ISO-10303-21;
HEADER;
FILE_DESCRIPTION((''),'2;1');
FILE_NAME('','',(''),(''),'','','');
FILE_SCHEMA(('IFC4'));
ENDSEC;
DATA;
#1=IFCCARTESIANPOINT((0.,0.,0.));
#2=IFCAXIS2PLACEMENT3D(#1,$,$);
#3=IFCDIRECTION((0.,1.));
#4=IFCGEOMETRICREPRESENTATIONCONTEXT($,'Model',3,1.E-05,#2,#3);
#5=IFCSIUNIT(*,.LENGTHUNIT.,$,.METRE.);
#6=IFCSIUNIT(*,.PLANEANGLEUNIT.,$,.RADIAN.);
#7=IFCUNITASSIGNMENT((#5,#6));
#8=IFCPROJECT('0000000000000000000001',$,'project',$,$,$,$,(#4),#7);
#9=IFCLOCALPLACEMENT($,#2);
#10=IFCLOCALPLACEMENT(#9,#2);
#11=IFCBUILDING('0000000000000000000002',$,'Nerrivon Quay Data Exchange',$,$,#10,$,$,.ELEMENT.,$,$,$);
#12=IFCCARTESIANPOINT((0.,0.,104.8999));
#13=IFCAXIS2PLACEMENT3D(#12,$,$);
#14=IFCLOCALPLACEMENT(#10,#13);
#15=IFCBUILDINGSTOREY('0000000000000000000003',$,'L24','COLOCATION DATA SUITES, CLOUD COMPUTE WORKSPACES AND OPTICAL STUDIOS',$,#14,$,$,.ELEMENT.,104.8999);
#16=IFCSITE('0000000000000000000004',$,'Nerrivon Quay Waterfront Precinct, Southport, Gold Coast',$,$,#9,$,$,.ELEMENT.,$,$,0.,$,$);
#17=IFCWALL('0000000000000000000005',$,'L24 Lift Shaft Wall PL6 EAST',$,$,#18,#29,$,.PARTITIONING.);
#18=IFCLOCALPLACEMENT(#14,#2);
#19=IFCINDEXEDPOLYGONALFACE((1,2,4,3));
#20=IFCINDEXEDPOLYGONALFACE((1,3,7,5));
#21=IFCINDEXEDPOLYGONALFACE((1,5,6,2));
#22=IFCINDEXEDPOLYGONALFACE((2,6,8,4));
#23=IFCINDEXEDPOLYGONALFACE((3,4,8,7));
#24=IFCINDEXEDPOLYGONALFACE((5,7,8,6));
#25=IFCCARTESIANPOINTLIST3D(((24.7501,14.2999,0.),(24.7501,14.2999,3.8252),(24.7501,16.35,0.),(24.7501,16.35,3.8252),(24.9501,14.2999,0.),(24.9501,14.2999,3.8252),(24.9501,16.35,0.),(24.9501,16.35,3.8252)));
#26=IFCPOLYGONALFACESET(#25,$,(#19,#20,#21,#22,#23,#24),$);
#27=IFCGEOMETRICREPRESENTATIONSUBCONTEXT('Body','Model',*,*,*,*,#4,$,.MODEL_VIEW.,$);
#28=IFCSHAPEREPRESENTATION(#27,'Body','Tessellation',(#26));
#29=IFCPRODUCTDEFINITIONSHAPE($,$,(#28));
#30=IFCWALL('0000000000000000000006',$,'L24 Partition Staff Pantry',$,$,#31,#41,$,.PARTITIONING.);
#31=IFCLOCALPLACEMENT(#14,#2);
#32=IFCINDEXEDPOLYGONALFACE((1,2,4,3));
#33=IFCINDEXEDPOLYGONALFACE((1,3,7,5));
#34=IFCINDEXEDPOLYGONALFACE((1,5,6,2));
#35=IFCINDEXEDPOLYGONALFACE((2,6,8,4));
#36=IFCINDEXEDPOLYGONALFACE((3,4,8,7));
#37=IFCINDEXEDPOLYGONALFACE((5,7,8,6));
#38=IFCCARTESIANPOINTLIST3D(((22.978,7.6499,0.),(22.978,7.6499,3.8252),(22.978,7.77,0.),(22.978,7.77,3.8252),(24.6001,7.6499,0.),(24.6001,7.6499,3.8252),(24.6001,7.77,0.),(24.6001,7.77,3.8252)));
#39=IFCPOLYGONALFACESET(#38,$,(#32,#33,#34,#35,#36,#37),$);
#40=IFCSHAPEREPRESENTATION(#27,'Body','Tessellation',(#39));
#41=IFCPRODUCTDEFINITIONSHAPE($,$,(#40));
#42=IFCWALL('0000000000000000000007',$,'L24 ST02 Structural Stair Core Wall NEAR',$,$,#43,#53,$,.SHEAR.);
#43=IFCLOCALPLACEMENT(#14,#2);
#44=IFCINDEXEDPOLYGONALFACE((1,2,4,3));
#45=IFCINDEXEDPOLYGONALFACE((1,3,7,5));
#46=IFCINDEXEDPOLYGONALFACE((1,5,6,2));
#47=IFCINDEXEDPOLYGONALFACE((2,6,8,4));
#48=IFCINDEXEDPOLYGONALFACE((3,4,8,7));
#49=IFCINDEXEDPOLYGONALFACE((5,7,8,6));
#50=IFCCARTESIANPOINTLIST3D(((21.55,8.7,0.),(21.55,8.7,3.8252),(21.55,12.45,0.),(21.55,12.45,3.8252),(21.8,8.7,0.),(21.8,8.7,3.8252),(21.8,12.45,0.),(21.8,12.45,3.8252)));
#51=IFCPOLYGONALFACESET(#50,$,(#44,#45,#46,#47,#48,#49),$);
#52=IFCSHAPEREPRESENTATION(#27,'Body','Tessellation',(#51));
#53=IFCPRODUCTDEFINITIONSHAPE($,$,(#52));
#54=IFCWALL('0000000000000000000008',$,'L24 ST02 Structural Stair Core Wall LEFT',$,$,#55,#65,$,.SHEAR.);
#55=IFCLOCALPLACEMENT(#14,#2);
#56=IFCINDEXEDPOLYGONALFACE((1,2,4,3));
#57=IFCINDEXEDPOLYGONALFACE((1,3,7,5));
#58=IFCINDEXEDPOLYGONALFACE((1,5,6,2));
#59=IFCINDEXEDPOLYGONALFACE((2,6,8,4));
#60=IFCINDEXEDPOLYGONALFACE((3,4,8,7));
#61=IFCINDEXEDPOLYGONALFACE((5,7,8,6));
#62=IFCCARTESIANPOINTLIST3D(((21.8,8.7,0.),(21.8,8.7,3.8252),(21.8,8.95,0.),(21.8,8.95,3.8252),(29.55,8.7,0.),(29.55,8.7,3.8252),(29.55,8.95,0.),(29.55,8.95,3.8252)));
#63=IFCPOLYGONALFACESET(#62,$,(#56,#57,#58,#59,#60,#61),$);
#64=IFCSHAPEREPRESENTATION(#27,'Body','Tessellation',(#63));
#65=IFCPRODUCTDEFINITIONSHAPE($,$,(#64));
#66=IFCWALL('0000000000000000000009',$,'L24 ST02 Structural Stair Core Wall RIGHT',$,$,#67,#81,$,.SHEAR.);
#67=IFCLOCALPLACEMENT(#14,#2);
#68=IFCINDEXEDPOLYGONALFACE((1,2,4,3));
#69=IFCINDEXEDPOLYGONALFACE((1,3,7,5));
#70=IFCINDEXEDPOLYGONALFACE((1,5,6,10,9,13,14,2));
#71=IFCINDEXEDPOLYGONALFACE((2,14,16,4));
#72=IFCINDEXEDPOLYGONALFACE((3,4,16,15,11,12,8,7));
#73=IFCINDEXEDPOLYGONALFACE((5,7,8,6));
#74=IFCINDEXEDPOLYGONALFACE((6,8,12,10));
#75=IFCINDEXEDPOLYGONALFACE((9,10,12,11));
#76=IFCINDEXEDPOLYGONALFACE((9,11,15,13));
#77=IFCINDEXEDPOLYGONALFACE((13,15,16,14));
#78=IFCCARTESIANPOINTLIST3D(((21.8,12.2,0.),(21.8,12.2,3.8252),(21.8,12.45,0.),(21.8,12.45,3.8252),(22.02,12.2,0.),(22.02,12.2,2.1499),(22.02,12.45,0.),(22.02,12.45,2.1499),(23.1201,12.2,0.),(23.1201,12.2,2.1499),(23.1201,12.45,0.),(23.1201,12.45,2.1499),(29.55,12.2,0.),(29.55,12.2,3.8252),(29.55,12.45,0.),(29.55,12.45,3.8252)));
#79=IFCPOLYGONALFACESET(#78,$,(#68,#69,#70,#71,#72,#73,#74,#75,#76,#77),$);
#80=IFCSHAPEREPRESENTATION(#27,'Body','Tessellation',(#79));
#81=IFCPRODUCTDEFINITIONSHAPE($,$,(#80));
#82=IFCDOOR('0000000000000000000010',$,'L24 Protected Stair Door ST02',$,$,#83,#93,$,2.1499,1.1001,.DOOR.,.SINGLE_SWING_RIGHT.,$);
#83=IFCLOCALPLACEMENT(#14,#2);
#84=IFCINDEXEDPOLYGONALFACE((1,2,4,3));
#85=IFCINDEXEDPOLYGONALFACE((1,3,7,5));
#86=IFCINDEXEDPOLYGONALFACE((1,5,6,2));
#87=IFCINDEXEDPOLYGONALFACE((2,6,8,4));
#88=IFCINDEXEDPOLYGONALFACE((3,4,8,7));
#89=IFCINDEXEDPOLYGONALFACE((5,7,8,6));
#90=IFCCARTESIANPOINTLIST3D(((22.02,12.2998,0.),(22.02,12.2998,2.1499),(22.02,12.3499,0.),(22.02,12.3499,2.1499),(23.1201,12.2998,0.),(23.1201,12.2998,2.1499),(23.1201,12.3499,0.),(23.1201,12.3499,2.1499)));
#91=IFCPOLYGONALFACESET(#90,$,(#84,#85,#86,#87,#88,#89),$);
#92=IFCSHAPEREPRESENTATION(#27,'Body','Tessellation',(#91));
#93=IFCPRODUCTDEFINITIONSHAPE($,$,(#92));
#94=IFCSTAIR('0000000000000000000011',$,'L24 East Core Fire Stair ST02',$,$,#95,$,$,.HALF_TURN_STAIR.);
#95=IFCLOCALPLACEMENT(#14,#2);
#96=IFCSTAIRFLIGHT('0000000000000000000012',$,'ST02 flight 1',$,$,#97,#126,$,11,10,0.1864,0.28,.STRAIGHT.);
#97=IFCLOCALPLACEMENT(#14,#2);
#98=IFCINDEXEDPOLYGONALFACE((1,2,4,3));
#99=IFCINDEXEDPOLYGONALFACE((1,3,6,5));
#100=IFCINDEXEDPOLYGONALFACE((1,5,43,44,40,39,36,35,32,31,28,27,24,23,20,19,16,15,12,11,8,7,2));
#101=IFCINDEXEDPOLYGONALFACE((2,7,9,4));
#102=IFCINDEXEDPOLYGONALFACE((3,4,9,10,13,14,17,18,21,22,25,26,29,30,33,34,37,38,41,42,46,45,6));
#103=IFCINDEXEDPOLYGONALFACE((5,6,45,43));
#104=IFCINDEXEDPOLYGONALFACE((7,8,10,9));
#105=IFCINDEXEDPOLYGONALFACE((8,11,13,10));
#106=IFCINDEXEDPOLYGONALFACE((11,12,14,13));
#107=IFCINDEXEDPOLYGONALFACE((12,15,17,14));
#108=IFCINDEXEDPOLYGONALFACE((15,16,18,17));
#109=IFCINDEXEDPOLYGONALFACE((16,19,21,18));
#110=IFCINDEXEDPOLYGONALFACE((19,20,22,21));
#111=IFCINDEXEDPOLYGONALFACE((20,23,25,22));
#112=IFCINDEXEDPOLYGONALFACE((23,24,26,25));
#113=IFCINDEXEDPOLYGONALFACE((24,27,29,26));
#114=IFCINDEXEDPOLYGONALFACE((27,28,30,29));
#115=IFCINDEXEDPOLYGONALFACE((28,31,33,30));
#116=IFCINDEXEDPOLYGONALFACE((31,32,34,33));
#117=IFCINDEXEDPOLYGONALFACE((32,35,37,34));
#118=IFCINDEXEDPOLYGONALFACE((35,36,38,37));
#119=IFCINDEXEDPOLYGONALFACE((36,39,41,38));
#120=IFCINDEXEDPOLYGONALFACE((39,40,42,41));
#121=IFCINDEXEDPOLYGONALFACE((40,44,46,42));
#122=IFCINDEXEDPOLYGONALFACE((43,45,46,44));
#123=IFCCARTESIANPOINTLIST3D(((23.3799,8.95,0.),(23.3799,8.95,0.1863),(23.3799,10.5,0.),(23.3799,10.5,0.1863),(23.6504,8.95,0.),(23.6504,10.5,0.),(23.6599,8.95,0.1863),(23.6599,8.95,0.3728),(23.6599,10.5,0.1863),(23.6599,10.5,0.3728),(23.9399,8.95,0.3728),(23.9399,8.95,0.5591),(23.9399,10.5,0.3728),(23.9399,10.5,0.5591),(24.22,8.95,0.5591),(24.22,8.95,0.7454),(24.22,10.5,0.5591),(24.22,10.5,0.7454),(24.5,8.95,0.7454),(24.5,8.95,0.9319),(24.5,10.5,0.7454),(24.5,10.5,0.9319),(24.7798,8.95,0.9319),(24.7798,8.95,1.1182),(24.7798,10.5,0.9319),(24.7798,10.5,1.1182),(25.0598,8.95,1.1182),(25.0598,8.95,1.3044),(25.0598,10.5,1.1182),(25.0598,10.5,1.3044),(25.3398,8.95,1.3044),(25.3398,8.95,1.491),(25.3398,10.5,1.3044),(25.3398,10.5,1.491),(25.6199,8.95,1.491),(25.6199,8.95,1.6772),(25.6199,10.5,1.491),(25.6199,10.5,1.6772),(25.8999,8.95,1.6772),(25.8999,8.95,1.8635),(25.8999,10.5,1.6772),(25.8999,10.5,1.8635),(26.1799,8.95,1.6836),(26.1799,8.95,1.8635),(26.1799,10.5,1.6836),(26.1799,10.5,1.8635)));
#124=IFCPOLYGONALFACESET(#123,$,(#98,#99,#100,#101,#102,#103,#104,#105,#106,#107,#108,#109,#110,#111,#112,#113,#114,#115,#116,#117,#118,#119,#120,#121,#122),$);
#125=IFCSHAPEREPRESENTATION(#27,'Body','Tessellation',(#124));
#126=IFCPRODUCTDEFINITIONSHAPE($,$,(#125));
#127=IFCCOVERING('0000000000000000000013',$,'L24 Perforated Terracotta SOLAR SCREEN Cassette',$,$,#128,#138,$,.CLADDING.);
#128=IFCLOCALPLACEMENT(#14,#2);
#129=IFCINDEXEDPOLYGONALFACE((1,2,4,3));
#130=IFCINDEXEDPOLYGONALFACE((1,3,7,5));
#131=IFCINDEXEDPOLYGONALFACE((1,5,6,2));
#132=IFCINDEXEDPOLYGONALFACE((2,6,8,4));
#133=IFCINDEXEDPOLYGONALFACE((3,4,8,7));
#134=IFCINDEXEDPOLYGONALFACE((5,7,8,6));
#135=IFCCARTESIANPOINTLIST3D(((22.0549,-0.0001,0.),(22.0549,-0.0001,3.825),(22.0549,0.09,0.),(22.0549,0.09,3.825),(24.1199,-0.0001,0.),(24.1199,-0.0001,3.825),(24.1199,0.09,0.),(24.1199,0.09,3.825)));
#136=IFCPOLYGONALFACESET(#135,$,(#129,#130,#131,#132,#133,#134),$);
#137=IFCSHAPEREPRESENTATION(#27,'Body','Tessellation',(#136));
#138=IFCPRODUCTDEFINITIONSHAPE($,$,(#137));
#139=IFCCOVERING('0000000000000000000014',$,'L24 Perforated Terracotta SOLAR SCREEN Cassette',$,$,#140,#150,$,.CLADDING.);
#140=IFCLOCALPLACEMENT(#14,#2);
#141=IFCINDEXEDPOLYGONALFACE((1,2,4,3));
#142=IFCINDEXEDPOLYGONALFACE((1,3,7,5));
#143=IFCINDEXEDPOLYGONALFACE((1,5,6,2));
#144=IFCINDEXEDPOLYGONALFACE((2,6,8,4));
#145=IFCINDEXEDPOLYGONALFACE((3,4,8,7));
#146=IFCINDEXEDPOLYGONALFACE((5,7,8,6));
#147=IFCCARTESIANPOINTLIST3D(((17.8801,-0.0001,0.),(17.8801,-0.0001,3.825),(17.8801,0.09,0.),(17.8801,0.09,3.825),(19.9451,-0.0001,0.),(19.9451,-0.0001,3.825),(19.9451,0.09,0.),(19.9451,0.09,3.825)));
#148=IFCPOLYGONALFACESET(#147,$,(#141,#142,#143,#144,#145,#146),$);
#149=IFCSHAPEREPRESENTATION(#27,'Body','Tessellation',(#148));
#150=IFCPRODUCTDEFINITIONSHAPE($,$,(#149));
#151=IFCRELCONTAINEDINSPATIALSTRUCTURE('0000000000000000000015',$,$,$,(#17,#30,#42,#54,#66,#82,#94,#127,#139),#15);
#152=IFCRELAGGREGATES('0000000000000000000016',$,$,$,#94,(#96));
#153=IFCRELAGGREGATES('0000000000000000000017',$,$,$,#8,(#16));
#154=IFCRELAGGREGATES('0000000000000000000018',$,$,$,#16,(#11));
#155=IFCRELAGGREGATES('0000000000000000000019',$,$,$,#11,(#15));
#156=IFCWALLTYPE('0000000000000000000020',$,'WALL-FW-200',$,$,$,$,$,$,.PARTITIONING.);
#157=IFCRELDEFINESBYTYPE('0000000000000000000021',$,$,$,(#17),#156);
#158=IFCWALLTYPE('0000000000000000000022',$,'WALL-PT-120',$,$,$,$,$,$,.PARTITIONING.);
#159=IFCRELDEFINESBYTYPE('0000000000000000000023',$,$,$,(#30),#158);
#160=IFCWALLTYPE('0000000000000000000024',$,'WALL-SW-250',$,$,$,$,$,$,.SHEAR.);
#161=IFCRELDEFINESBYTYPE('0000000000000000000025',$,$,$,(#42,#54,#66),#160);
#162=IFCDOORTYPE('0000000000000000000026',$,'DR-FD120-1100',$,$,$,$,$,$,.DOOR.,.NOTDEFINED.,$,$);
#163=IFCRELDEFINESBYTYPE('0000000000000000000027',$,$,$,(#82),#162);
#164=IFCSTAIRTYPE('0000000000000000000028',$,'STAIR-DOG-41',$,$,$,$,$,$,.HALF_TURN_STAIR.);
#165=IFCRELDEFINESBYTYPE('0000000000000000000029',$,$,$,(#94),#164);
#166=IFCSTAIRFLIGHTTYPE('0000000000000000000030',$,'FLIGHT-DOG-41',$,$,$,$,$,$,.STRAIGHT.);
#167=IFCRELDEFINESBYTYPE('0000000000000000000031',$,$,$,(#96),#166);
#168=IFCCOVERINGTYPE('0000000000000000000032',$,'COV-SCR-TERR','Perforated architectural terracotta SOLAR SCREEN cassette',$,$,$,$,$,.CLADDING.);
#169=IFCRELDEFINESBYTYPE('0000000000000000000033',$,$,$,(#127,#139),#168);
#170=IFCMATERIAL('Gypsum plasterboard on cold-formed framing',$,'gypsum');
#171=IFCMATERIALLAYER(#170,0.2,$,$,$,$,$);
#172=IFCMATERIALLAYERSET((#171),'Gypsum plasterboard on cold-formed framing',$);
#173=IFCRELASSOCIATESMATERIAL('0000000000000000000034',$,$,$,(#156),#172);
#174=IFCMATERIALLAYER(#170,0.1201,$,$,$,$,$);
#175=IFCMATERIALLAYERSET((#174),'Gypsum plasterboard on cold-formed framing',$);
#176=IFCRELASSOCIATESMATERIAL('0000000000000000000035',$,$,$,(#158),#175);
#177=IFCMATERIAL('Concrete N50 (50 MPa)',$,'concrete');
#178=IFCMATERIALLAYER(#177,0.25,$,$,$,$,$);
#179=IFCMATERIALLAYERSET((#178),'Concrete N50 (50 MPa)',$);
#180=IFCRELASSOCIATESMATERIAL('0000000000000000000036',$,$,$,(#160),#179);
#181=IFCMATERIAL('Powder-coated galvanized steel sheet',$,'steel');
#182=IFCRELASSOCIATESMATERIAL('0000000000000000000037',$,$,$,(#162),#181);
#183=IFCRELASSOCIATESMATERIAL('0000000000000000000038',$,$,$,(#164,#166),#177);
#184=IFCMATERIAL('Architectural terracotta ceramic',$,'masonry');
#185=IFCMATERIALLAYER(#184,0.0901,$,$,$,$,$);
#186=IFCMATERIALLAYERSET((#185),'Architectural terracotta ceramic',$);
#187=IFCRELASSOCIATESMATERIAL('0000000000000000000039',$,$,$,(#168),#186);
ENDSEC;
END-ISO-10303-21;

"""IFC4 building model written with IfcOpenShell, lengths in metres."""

from ifc_helpers import new_model, si_unit, direction, frame, frame_2d, origin, origin_2d, place, context, subcontext, project, spatial, polyline, rectangle, outline, extrude, material, layer, layer_set, type_object, element, fill, aggregate, save


model = new_model("IFC4")

# Units and contexts
model_context = context("Model", 3, precision=1e-05, world=origin(), true_north=direction((0.0, 1.0)))
body_context = subcontext(model_context, "Body", "Model", "MODEL_VIEW")
ifc_project = project(units=[si_unit("LENGTHUNIT", "METRE"), si_unit("PLANEANGLEUNIT", "RADIAN")], contexts=[model_context])

# Site, building, storey
site_placement = place(None, origin())
site = spatial("IfcSite", under=ifc_project, at=site_placement, Name="Nerrivon Quay Waterfront Precinct, Southport, Gold Coast", CompositionType="ELEMENT", RefElevation=0.0)
building_placement = place(site_placement, origin())
building = spatial("IfcBuilding", under=site, at=building_placement, Name="Nerrivon Quay Data Exchange", CompositionType="ELEMENT")
storey_placement = place(building_placement, frame((0.0, 0.0, 104.8999)))
storey = spatial("IfcBuildingStorey", under=building, at=storey_placement, Name="L24", Description="COLOCATION DATA SUITES, CLOUD COMPUTE WORKSPACES AND OPTICAL STUDIOS", CompositionType="ELEMENT", Elevation=104.8999)

# Shared definitions
ifc_material_1 = material(Name="Concrete N50 (50 MPa)", Category="concrete")

# Shared definitions
ifc_material_2 = material(Name="Gypsum plasterboard on cold-formed framing", Category="gypsum")
ifc_layer_1 = layer(ifc_material_2, 0.2)
ifc_layer_set_1 = layer_set([ifc_layer_1], Name="Gypsum plasterboard on cold-formed framing")
wall_type_1 = type_object("IfcWallType", Name="WALL-FW-200", PredefinedType="PARTITIONING", material=ifc_layer_set_1)

# Shared definitions
ifc_material_3 = material(Name="Powder-coated galvanized steel sheet", Category="steel")

# Walls
wall_1_placement = place(storey_placement, frame((24.8501, 14.3, 0.0), z_axis=(0.0, 0.0, 1.0), x_axis=(0.0, 1.0, 0.0)))
element("IfcWall", 1, at=wall_1_placement, inside=storey, type_object=wall_type_1, Name="L24 Lift Shaft Wall PL6 EAST", PredefinedType="PARTITIONING", context=body_context, shape_type="SweptSolid", body=[
    extrude(rectangle(XDim=2.05, YDim=0.2, at=frame_2d((1.0249, 0.0))), origin(), (0.0, 0.0, 1.0), 3.8252),
])
ifc_layer_2 = layer(ifc_material_2, 0.1201)
ifc_layer_set_2 = layer_set([ifc_layer_2], Name="Gypsum plasterboard on cold-formed framing")
wall_type_2 = type_object("IfcWallType", Name="WALL-PT-120", PredefinedType="PARTITIONING", material=ifc_layer_set_2)
wall_2_placement = place(storey_placement, frame((22.978, 7.71, 0.0), z_axis=(0.0, 0.0, 1.0), x_axis=(1.0, 0.0, 0.0)))
element("IfcWall", 2, at=wall_2_placement, inside=storey, type_object=wall_type_2, Name="L24 Partition Staff Pantry", PredefinedType="PARTITIONING", context=body_context, shape_type="SweptSolid", body=[
    extrude(rectangle(XDim=1.6221, YDim=0.1201, at=frame_2d((0.811, 0.0))), origin(), (0.0, 0.0, 1.0), 3.8252),
])
ifc_layer_3 = layer(ifc_material_1, 0.25)
ifc_layer_set_3 = layer_set([ifc_layer_3], Name="Concrete N50 (50 MPa)")
wall_type_3 = type_object("IfcWallType", Name="WALL-SW-250", PredefinedType="SHEAR", material=ifc_layer_set_3)
wall_3_placement = place(storey_placement, frame((21.675, 8.7, 0.0), z_axis=(0.0, 0.0, 1.0), x_axis=(0.0, 1.0, 0.0)))
element("IfcWall", 3, at=wall_3_placement, inside=storey, type_object=wall_type_3, Name="L24 ST02 Structural Stair Core Wall NEAR", PredefinedType="SHEAR", context=body_context, shape_type="SweptSolid", body=[
    extrude(rectangle(XDim=3.75, YDim=0.25, at=frame_2d((1.875, 0.0))), origin(), (0.0, 0.0, 1.0), 3.8252),
])
wall_4_placement = place(storey_placement, frame((21.8, 8.825, 0.0), z_axis=(0.0, 0.0, 1.0), x_axis=(1.0, 0.0, 0.0)))
element("IfcWall", 4, at=wall_4_placement, inside=storey, type_object=wall_type_3, Name="L24 ST02 Structural Stair Core Wall LEFT", PredefinedType="SHEAR", context=body_context, shape_type="SweptSolid", body=[
    extrude(rectangle(XDim=7.75, YDim=0.25, at=frame_2d((3.875, 0.0))), origin(), (0.0, 0.0, 1.0), 3.8252),
])

# Wall, opening, door
wall_5_placement = place(storey_placement, frame((21.8, 12.325, 0.0), z_axis=(0.0, 0.0, 1.0), x_axis=(1.0, 0.0, 0.0)))
wall_5 = element("IfcWall", 5, at=wall_5_placement, inside=storey, type_object=wall_type_3, Name="L24 ST02 Structural Stair Core Wall RIGHT", PredefinedType="SHEAR", context=body_context, shape_type="SweptSolid", body=[
    extrude(rectangle(XDim=7.75, YDim=0.25, at=frame_2d((3.875, 0.0))), origin(), (0.0, 0.0, 1.0), 3.8252),
])
opening_1_placement = place(wall_5_placement, frame((0.22, 0.0, 0.0)))
opening_1 = element("IfcOpeningElement", 6, at=opening_1_placement, cuts=wall_5, PredefinedType="OPENING", context=body_context, shape_type="SweptSolid", body=[
    extrude(rectangle(XDim=1.1001, YDim=2.1499, at=frame_2d((0.55, 1.075))), frame((0.0, 0.135, 0.0), z_axis=(0.0, -1.0, 0.0), x_axis=(1.0, 0.0, 0.0)), (0.0, 0.0, 1.0), 0.27),
])
door_type_1 = type_object("IfcDoorType", Name="DR-FD120-1100", OperationType="NOTDEFINED", PredefinedType="DOOR", material=ifc_material_3)
door_1_placement = place(opening_1_placement, origin())
door_1 = element("IfcDoor", 7, at=door_1_placement, inside=storey, type_object=door_type_1, Name="L24 Protected Stair Door ST02", OperationType="SINGLE_SWING_RIGHT", OverallHeight=2.1499, OverallWidth=1.1001, PredefinedType="DOOR", context=body_context, shape_type="SweptSolid", body=[
    extrude(rectangle(XDim=1.1001, YDim=2.1499, at=frame_2d((0.55, 1.075))), frame((0.0, 0.0249, 0.0), z_axis=(0.0, -1.0, 0.0), x_axis=(1.0, 0.0, 0.0)), (0.0, 0.0, 1.0), 0.05),
])
fill(opening_1, door_1)

# Stair, stair flight
stair_type = type_object("IfcStairType", Name="STAIR-DOG-41", PredefinedType="HALF_TURN_STAIR", material=ifc_material_1)
stair_placement = place(storey_placement, origin())
stair = element("IfcStair", 8, at=stair_placement, inside=storey, type_object=stair_type, Name="L24 East Core Fire Stair ST02", PredefinedType="HALF_TURN_STAIR")
stair_flight_type = type_object("IfcStairFlightType", Name="FLIGHT-DOG-41", PredefinedType="STRAIGHT", material=ifc_material_1)
stair_flight_placement = place(storey_placement, frame((23.3799, 9.7251, 0.0), z_axis=(0.0, 0.0, 1.0), x_axis=(1.0, 0.0, 0.0)))
stair_flight = element("IfcStairFlight", 9, at=stair_flight_placement, type_object=stair_flight_type, Name="ST02 flight 1", NumberOfRisers=11, NumberOfTreads=10, PredefinedType="STRAIGHT", RiserHeight=0.1864, TreadLength=0.28, context=body_context, shape_type="SweptSolid", body=[
    extrude(outline(polyline([(0.0, 0.0), (0.0, 0.1863), (0.28, 0.1863), (0.28, 0.3728), (0.5601, 0.3728), (0.5601, 0.5591), (0.8401, 0.5591), (0.8401, 0.7454), (1.1201, 0.7454), (1.1201, 0.9319), (1.3999, 0.9319), (1.3999, 1.1182), (1.6799, 1.1182), (1.6799, 1.3044), (1.96, 1.3044), (1.96, 1.491), (2.24, 1.491), (2.24, 1.6772), (2.52, 1.6772), (2.52, 1.8635), (2.8, 1.8635), (2.8, 2.05), (2.8, 1.6836), (0.2705, 0.0), (0.0, 0.0)])), frame((0.0, 0.7749, 0.0), z_axis=(0.0, -1.0, 0.0), x_axis=(1.0, 0.0, 0.0)), (0.0, 0.0, 1.0), 1.55),
])
aggregate(stair, [stair_flight])

# Coverings
ifc_material_4 = material(Name="Architectural terracotta ceramic", Category="masonry")
ifc_layer_4 = layer(ifc_material_4, 0.0901)
ifc_layer_set_4 = layer_set([ifc_layer_4], Name="Architectural terracotta ceramic")
covering_type = type_object("IfcCoveringType", Name="COV-SCR-TERR", Description="Perforated architectural terracotta SOLAR SCREEN cassette", PredefinedType="CLADDING", material=ifc_layer_set_4)
for number, where, z_axis, x_axis, name in (
    (10, (23.0874, 0.0449, 0.0), (0.0, 0.0, 1.0), (-1.0, 0.0, 0.0), "L24 Perforated Terracotta SOLAR SCREEN Cassette"),
    (11, (18.9126, 0.0449, 0.0), (0.0, 0.0, 1.0), (-1.0, 0.0, 0.0), "L24 Perforated Terracotta SOLAR SCREEN Cassette"),
):
    element("IfcCovering", number, at=place(storey_placement, frame(where, z_axis=z_axis, x_axis=x_axis)), inside=storey, type_object=covering_type, Name=name, PredefinedType="CLADDING", context=body_context, shape_type="SweptSolid", body=[
        extrude(rectangle(XDim=2.0649, YDim=0.0901, at=origin_2d()), origin(), (0.0, 0.0, 1.0), 3.825),
    ])

save(model, "model.ifc")
